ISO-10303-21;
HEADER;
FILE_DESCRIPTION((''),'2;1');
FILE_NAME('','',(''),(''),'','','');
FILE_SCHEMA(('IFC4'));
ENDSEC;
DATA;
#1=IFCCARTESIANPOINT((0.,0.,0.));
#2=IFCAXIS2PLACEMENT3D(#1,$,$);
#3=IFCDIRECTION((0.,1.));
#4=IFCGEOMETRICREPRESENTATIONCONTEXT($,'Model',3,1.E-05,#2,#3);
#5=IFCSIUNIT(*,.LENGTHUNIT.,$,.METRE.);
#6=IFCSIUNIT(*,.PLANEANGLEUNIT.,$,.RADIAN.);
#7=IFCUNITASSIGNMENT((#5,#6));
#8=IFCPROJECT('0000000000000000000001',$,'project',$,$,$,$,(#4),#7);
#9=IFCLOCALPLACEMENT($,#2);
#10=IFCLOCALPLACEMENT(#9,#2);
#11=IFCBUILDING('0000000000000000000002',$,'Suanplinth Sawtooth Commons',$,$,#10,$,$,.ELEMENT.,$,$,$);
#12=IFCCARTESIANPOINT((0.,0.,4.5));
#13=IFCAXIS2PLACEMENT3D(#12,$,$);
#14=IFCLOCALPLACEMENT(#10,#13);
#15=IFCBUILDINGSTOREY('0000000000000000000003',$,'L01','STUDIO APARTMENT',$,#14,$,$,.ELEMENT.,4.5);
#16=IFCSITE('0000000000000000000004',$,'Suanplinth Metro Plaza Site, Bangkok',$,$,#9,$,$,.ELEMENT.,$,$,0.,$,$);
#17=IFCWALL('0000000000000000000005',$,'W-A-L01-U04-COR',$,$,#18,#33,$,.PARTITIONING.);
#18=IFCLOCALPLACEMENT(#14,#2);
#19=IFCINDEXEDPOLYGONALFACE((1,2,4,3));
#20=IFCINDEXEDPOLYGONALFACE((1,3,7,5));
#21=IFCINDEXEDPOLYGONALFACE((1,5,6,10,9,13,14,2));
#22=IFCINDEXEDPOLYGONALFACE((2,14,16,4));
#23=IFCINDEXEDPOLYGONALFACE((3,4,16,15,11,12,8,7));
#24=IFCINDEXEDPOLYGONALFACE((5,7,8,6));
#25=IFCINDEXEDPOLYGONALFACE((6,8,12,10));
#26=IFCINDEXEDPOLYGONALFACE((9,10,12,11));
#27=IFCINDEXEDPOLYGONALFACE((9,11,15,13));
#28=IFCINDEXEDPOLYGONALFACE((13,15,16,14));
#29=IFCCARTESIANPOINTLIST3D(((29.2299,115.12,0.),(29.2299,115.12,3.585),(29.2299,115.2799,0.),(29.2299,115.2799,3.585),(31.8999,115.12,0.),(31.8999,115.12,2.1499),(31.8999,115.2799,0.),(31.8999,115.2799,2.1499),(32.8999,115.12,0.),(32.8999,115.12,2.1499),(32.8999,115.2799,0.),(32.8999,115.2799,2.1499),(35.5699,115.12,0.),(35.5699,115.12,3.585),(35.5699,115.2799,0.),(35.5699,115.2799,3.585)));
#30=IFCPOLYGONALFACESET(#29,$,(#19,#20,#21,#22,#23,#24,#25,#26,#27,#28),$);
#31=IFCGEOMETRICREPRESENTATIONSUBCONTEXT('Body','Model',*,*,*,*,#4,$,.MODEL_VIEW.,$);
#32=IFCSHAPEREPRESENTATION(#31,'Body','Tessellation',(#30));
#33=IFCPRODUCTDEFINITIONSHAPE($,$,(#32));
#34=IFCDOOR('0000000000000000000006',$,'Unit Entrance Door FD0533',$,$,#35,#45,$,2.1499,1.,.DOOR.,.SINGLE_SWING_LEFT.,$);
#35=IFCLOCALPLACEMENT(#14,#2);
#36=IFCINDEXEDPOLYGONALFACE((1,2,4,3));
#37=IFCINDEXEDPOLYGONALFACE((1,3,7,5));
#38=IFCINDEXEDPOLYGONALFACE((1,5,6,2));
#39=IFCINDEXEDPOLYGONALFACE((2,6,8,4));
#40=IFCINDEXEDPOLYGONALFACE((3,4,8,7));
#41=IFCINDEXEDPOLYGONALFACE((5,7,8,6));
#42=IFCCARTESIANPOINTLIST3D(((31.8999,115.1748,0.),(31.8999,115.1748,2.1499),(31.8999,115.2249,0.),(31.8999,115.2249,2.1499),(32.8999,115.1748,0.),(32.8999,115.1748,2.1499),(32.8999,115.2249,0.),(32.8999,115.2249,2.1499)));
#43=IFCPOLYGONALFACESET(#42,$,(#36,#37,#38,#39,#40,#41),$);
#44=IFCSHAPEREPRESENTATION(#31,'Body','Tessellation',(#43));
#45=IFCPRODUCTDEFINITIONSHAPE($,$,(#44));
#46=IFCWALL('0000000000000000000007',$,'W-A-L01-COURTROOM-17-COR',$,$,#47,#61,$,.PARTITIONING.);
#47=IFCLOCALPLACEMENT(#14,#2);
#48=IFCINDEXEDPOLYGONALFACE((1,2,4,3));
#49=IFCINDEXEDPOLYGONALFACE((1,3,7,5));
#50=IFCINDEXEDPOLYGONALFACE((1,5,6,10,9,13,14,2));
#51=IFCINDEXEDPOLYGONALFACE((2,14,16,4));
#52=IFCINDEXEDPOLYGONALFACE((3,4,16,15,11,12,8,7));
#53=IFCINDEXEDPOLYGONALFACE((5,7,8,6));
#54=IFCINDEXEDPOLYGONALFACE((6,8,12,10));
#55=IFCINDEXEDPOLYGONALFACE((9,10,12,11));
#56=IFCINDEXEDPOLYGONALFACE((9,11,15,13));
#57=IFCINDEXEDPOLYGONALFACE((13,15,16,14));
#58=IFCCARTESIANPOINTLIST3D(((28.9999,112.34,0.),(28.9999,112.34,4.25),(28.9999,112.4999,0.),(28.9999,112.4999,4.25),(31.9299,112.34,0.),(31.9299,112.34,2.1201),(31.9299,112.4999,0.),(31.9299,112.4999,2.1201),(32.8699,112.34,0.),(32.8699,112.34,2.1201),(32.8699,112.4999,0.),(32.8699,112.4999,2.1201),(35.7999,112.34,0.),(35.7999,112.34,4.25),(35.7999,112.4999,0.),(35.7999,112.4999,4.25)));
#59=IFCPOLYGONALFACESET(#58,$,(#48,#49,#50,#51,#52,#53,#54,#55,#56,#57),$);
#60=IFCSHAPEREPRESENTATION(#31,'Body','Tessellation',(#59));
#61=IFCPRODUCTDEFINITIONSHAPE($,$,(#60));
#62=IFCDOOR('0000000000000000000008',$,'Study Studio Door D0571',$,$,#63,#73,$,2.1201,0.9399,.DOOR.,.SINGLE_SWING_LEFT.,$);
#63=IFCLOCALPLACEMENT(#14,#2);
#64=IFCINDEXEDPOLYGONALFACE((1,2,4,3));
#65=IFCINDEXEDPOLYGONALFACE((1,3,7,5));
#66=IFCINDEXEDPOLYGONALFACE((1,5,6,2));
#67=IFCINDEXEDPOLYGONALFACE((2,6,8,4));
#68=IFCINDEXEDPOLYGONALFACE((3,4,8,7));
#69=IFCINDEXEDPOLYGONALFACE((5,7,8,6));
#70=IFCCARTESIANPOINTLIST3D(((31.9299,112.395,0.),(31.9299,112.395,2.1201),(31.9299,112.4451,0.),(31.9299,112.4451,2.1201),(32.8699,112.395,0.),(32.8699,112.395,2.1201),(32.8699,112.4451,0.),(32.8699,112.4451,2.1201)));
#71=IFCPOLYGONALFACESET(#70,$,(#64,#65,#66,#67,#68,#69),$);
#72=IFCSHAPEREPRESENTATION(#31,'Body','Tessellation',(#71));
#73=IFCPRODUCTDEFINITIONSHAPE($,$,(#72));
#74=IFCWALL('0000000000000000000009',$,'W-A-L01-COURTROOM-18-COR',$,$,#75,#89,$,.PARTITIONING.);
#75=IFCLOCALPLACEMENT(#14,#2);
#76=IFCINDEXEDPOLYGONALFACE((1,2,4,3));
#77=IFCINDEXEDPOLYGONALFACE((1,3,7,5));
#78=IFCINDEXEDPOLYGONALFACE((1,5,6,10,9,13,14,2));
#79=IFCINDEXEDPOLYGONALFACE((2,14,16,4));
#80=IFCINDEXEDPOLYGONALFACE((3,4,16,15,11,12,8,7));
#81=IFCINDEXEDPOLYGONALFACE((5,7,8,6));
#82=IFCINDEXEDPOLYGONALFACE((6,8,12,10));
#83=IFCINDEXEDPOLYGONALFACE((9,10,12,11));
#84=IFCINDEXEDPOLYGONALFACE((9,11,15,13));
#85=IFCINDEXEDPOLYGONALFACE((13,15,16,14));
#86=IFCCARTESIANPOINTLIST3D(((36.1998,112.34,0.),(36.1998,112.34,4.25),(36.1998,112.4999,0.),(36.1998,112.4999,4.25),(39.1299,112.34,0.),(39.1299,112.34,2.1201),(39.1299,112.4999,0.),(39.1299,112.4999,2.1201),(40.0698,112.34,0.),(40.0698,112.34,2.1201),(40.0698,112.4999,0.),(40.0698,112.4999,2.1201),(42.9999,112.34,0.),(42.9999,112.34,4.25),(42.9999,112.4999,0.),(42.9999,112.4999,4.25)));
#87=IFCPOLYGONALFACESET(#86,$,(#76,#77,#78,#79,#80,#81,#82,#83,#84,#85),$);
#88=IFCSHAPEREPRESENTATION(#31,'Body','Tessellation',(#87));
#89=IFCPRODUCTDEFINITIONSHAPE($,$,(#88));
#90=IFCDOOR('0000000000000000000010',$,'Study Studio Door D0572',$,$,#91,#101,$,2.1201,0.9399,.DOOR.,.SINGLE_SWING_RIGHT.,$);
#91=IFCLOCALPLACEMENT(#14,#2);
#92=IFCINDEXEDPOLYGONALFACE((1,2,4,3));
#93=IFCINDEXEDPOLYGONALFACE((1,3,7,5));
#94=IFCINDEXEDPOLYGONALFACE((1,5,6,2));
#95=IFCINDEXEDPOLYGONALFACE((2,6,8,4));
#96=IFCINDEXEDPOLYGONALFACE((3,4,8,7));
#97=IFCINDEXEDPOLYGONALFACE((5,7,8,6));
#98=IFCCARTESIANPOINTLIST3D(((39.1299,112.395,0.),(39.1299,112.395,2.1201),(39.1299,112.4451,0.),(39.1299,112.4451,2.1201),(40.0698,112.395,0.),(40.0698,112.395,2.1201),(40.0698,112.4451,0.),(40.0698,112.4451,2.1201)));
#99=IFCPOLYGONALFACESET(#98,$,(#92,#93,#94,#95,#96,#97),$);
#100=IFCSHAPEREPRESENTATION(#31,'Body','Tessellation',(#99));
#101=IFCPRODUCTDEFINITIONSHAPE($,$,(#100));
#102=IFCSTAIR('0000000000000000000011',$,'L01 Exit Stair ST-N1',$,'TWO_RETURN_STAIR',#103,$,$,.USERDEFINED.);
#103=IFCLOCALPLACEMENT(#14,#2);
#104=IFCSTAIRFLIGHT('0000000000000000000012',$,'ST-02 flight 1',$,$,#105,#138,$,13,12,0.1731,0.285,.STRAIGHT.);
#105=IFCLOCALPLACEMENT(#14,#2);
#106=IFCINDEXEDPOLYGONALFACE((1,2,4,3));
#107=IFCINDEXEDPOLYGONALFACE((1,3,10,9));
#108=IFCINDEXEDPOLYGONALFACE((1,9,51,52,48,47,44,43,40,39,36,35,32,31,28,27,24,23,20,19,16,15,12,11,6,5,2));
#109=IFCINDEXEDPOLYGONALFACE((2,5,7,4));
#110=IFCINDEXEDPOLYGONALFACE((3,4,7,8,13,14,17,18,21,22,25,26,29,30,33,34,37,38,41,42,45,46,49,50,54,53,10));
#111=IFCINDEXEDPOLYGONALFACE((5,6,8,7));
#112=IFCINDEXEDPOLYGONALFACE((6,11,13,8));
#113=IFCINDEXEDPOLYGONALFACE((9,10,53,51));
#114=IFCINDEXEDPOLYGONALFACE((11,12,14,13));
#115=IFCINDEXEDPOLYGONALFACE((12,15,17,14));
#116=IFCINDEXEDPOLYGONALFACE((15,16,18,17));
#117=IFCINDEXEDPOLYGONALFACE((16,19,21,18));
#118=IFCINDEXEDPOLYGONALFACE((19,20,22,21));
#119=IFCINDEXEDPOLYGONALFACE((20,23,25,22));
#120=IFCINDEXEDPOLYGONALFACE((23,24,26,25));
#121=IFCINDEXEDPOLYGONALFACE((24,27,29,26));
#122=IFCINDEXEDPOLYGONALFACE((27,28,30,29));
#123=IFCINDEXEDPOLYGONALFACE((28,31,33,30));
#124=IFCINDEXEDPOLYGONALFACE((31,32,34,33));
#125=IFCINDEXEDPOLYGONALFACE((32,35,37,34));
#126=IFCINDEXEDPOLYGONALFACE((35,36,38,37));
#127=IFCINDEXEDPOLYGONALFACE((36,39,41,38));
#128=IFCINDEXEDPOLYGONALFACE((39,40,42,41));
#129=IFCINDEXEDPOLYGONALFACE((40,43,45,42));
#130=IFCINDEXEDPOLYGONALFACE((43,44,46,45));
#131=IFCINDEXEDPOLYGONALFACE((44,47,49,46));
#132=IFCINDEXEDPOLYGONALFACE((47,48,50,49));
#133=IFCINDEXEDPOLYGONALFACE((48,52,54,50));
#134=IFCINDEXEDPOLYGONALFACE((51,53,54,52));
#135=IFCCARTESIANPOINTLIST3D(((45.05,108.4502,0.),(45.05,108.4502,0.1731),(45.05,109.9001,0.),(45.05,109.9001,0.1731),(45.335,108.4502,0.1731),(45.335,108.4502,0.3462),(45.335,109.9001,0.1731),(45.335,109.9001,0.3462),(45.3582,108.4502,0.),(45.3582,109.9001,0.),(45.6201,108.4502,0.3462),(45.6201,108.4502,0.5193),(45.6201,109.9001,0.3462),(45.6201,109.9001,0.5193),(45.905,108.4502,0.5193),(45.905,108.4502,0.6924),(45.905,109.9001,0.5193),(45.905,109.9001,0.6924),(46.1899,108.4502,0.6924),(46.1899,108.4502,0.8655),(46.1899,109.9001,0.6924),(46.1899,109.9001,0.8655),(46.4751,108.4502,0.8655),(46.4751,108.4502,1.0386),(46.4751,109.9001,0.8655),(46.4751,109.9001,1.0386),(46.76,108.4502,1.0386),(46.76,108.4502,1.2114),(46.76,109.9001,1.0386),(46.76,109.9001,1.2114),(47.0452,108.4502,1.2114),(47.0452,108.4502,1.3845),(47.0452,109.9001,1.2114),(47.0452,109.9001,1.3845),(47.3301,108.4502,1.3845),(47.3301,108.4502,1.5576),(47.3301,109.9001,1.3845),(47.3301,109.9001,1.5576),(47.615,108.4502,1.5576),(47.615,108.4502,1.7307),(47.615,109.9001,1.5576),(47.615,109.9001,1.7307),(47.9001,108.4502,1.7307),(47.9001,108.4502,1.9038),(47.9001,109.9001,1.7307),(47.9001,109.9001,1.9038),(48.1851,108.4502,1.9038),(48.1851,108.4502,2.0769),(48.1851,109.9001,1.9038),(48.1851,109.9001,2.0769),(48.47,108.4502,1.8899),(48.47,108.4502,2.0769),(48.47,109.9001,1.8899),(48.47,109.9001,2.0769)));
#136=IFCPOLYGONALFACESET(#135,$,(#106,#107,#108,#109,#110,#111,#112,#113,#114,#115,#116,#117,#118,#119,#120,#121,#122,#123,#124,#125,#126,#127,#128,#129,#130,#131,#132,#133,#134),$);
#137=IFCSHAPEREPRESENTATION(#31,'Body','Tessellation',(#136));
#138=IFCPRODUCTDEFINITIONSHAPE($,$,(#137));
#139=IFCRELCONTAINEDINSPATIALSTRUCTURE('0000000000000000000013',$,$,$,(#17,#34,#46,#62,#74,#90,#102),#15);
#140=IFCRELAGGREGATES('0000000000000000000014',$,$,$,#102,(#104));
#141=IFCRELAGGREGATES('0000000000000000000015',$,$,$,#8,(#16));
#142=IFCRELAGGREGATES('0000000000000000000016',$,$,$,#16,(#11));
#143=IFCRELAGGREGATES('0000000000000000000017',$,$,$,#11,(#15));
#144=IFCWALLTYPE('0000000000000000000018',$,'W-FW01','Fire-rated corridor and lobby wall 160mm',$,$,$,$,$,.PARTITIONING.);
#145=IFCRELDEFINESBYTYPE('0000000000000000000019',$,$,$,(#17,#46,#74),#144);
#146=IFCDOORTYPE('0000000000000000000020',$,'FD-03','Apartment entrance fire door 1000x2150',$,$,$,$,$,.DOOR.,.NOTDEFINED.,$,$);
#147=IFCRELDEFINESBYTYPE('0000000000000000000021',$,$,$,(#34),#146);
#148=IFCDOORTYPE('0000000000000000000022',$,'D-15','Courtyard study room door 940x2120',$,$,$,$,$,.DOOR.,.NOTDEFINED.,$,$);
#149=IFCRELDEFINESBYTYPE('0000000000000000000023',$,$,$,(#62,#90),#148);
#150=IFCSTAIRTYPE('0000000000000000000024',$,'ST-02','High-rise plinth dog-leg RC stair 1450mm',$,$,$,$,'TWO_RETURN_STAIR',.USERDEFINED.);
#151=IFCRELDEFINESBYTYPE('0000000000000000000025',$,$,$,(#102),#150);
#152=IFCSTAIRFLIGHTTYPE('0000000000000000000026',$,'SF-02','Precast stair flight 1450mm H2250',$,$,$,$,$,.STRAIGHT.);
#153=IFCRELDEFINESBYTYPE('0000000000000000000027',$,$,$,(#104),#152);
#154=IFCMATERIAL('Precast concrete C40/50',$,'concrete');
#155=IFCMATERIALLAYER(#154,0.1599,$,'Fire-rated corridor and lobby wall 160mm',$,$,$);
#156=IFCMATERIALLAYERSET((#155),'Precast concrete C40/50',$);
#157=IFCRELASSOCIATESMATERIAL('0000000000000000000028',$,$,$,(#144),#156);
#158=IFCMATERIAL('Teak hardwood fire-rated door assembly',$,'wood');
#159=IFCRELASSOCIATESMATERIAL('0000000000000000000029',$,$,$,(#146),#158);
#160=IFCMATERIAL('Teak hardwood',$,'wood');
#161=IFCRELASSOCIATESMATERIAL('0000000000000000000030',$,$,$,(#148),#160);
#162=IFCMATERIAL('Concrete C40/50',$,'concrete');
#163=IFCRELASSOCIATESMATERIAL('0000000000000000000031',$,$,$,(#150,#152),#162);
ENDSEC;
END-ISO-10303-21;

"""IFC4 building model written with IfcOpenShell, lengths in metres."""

from ifc_helpers import new_model, si_unit, direction, frame, frame_2d, origin, place, context, subcontext, project, spatial, polyline, rectangle, outline, extrude, material, layer, layer_set, type_object, element, fill, aggregate, save


model = new_model("IFC4")

# Units and contexts
model_context = context("Model", 3, precision=1e-05, world=origin(), true_north=direction((0.0, 1.0)))
body_context = subcontext(model_context, "Body", "Model", "MODEL_VIEW")
ifc_project = project(units=[si_unit("LENGTHUNIT", "METRE"), si_unit("PLANEANGLEUNIT", "RADIAN")], contexts=[model_context])

# Site, building, storey
site_placement = place(None, origin())
site = spatial("IfcSite", under=ifc_project, at=site_placement, Name="Suanplinth Metro Plaza Site, Bangkok", CompositionType="ELEMENT", RefElevation=0.0)
building_placement = place(site_placement, origin())
building = spatial("IfcBuilding", under=site, at=building_placement, Name="Suanplinth Sawtooth Commons", CompositionType="ELEMENT")
storey_placement = place(building_placement, frame((0.0, 0.0, 4.5)))
storey = spatial("IfcBuildingStorey", under=building, at=storey_placement, Name="L01", Description="STUDIO APARTMENT", CompositionType="ELEMENT", Elevation=4.5)

# Shared definitions
ifc_material_1 = material(Name="Concrete C40/50", Category="concrete")

# Shared definitions
ifc_material_2 = material(Name="Precast concrete C40/50", Category="concrete")

# Shared definitions
ifc_material_3 = material(Name="Teak hardwood fire-rated door assembly", Category="wood")

# Walls, openings, doors
ifc_layer_1 = layer(ifc_material_2, 0.1599, Name="Fire-rated corridor and lobby wall 160mm")
ifc_layer_set_1 = layer_set([ifc_layer_1], Name="Precast concrete C40/50")
wall_type_1 = type_object("IfcWallType", Name="W-FW01", Description="Fire-rated corridor and lobby wall 160mm", PredefinedType="PARTITIONING", material=ifc_layer_set_1)
wall_1_placement = place(storey_placement, frame((29.23, 115.2, 0.0), z_axis=(0.0, 0.0, 1.0), x_axis=(1.0, 0.0, 0.0)))
wall_1 = element("IfcWall", 1, at=wall_1_placement, inside=storey, type_object=wall_type_1, Name="W-A-L01-U04-COR", PredefinedType="PARTITIONING", context=body_context, shape_type="SweptSolid", body=[
    extrude(rectangle(XDim=6.3401, YDim=0.1599, at=frame_2d((3.1699, 0.0))), origin(), (0.0, 0.0, 1.0), 3.585),
])
opening_1_placement = place(wall_1_placement, frame((2.6699, 0.0, 0.0)))
opening_1 = element("IfcOpeningElement", 2, at=opening_1_placement, cuts=wall_1, PredefinedType="OPENING", context=body_context, shape_type="SweptSolid", body=[
    extrude(rectangle(XDim=1.0, YDim=2.1499, at=frame_2d((0.5, 1.075))), frame((0.0, 0.0947, 0.0), z_axis=(0.0, -1.0, 0.0), x_axis=(1.0, 0.0, 0.0)), (0.0, 0.0, 1.0), 0.1897),
])
door_type_1 = type_object("IfcDoorType", Name="FD-03", Description="Apartment entrance fire door 1000x2150", OperationType="NOTDEFINED", PredefinedType="DOOR", material=ifc_material_3)
door_1_placement = place(opening_1_placement, origin())
door_1 = element("IfcDoor", 3, at=door_1_placement, inside=storey, type_object=door_type_1, Name="Unit Entrance Door FD0533", OperationType="SINGLE_SWING_LEFT", OverallHeight=2.1499, OverallWidth=1.0, PredefinedType="DOOR", context=body_context, shape_type="SweptSolid", body=[
    extrude(rectangle(XDim=1.0, YDim=2.1499, at=frame_2d((0.5, 1.075))), frame((0.0, 0.0249, 0.0), z_axis=(0.0, -1.0, 0.0), x_axis=(1.0, 0.0, 0.0)), (0.0, 0.0, 1.0), 0.05),
])
fill(opening_1, door_1)
wall_2_placement = place(storey_placement, frame((29.0, 112.4199, 0.0), z_axis=(0.0, 0.0, 1.0), x_axis=(1.0, 0.0, 0.0)))
wall_2 = element("IfcWall", 4, at=wall_2_placement, inside=storey, type_object=wall_type_1, Name="W-A-L01-COURTROOM-17-COR", PredefinedType="PARTITIONING", context=body_context, shape_type="SweptSolid", body=[
    extrude(rectangle(XDim=6.8, YDim=0.1599, at=frame_2d((3.3999, 0.0))), origin(), (0.0, 0.0, 1.0), 4.25),
])
opening_2_placement = place(wall_2_placement, frame((2.9299, 0.0, 0.0)))
opening_2 = element("IfcOpeningElement", 5, at=opening_2_placement, cuts=wall_2, PredefinedType="OPENING", context=body_context, shape_type="SweptSolid", body=[
    extrude(rectangle(XDim=0.9399, YDim=2.1201, at=frame_2d((0.47, 1.0601))), frame((0.0, 0.0947, 0.0), z_axis=(0.0, -1.0, 0.0), x_axis=(1.0, 0.0, 0.0)), (0.0, 0.0, 1.0), 0.1897),
])
ifc_material_4 = material(Name="Teak hardwood", Category="wood")
door_type_2 = type_object("IfcDoorType", Name="D-15", Description="Courtyard study room door 940x2120", OperationType="NOTDEFINED", PredefinedType="DOOR", material=ifc_material_4)
door_2_placement = place(opening_2_placement, frame((0.9399, 0.0, 0.0), z_axis=(0.0, 0.0, 1.0), x_axis=(-1.0, 0.0, 0.0)))
door_2 = element("IfcDoor", 6, at=door_2_placement, inside=storey, type_object=door_type_2, Name="Study Studio Door D0571", OperationType="SINGLE_SWING_LEFT", OverallHeight=2.1201, OverallWidth=0.9399, PredefinedType="DOOR", context=body_context, shape_type="SweptSolid", body=[
    extrude(rectangle(XDim=0.9399, YDim=2.1201, at=frame_2d((0.47, 1.0601))), frame((0.0, 0.0249, 0.0), z_axis=(0.0, -1.0, 0.0), x_axis=(1.0, 0.0, 0.0)), (0.0, 0.0, 1.0), 0.05),
])
fill(opening_2, door_2)
wall_3_placement = place(storey_placement, frame((36.2, 112.4199, 0.0), z_axis=(0.0, 0.0, 1.0), x_axis=(1.0, 0.0, 0.0)))
wall_3 = element("IfcWall", 7, at=wall_3_placement, inside=storey, type_object=wall_type_1, Name="W-A-L01-COURTROOM-18-COR", PredefinedType="PARTITIONING", context=body_context, shape_type="SweptSolid", body=[
    extrude(rectangle(XDim=6.8, YDim=0.1599, at=frame_2d((3.3999, 0.0))), origin(), (0.0, 0.0, 1.0), 4.25),
])
opening_3_placement = place(wall_3_placement, frame((2.9299, 0.0, 0.0)))
opening_3 = element("IfcOpeningElement", 8, at=opening_3_placement, cuts=wall_3, PredefinedType="OPENING", context=body_context, shape_type="SweptSolid", body=[
    extrude(rectangle(XDim=0.9399, YDim=2.1201, at=frame_2d((0.47, 1.0601))), frame((0.0, 0.0947, 0.0), z_axis=(0.0, -1.0, 0.0), x_axis=(1.0, 0.0, 0.0)), (0.0, 0.0, 1.0), 0.1897),
])
door_3_placement = place(opening_3_placement, frame((0.9399, 0.0, 0.0), z_axis=(0.0, 0.0, 1.0), x_axis=(-1.0, 0.0, 0.0)))
door_3 = element("IfcDoor", 9, at=door_3_placement, inside=storey, type_object=door_type_2, Name="Study Studio Door D0572", OperationType="SINGLE_SWING_RIGHT", OverallHeight=2.1201, OverallWidth=0.9399, PredefinedType="DOOR", context=body_context, shape_type="SweptSolid", body=[
    extrude(rectangle(XDim=0.9399, YDim=2.1201, at=frame_2d((0.47, 1.0601))), frame((0.0, 0.0249, 0.0), z_axis=(0.0, -1.0, 0.0), x_axis=(1.0, 0.0, 0.0)), (0.0, 0.0, 1.0), 0.05),
])
fill(opening_3, door_3)

# Stair, stair flight
stair_type = type_object("IfcStairType", Name="ST-02", Description="High-rise plinth dog-leg RC stair 1450mm", ElementType="TWO_RETURN_STAIR", PredefinedType="USERDEFINED", material=ifc_material_1)
stair_placement = place(storey_placement, origin())
stair = element("IfcStair", 10, at=stair_placement, inside=storey, type_object=stair_type, Name="L01 Exit Stair ST-N1", ObjectType="TWO_RETURN_STAIR", PredefinedType="USERDEFINED")
stair_flight_type = type_object("IfcStairFlightType", Name="SF-02", Description="Precast stair flight 1450mm H2250", PredefinedType="STRAIGHT", material=ifc_material_1)
stair_flight_placement = place(storey_placement, frame((45.05, 109.175, 0.0), z_axis=(0.0, 0.0, 1.0), x_axis=(1.0, 0.0, 0.0)))
stair_flight = element("IfcStairFlight", 11, at=stair_flight_placement, type_object=stair_flight_type, Name="ST-02 flight 1", NumberOfRisers=13, NumberOfTreads=12, PredefinedType="STRAIGHT", RiserHeight=0.1731, TreadLength=0.285, context=body_context, shape_type="SweptSolid", body=[
    extrude(outline(polyline([(0.0, 0.0), (0.0, 0.1731), (0.2849, 0.1731), (0.2849, 0.3462), (0.5701, 0.3462), (0.5701, 0.5193), (0.855, 0.5193), (0.855, 0.6924), (1.1399, 0.6924), (1.1399, 0.8655), (1.425, 0.8655), (1.425, 1.0386), (1.71, 1.0386), (1.71, 1.2114), (1.9951, 1.2114), (1.9951, 1.3845), (2.28, 1.3845), (2.28, 1.5576), (2.5649, 1.5576), (2.5649, 1.7307), (2.8501, 1.7307), (2.8501, 1.9038), (3.135, 1.9038), (3.135, 2.0769), (3.4199, 2.0769), (3.4199, 2.25), (3.4199, 1.8899), (0.3081, 0.0), (0.0, 0.0)])), frame((0.0, 0.7251, 0.0), z_axis=(0.0, -1.0, 0.0), x_axis=(1.0, 0.0, 0.0)), (0.0, 0.0, 1.0), 1.45),
])
aggregate(stair, [stair_flight])

save(model, "model.ifc")
